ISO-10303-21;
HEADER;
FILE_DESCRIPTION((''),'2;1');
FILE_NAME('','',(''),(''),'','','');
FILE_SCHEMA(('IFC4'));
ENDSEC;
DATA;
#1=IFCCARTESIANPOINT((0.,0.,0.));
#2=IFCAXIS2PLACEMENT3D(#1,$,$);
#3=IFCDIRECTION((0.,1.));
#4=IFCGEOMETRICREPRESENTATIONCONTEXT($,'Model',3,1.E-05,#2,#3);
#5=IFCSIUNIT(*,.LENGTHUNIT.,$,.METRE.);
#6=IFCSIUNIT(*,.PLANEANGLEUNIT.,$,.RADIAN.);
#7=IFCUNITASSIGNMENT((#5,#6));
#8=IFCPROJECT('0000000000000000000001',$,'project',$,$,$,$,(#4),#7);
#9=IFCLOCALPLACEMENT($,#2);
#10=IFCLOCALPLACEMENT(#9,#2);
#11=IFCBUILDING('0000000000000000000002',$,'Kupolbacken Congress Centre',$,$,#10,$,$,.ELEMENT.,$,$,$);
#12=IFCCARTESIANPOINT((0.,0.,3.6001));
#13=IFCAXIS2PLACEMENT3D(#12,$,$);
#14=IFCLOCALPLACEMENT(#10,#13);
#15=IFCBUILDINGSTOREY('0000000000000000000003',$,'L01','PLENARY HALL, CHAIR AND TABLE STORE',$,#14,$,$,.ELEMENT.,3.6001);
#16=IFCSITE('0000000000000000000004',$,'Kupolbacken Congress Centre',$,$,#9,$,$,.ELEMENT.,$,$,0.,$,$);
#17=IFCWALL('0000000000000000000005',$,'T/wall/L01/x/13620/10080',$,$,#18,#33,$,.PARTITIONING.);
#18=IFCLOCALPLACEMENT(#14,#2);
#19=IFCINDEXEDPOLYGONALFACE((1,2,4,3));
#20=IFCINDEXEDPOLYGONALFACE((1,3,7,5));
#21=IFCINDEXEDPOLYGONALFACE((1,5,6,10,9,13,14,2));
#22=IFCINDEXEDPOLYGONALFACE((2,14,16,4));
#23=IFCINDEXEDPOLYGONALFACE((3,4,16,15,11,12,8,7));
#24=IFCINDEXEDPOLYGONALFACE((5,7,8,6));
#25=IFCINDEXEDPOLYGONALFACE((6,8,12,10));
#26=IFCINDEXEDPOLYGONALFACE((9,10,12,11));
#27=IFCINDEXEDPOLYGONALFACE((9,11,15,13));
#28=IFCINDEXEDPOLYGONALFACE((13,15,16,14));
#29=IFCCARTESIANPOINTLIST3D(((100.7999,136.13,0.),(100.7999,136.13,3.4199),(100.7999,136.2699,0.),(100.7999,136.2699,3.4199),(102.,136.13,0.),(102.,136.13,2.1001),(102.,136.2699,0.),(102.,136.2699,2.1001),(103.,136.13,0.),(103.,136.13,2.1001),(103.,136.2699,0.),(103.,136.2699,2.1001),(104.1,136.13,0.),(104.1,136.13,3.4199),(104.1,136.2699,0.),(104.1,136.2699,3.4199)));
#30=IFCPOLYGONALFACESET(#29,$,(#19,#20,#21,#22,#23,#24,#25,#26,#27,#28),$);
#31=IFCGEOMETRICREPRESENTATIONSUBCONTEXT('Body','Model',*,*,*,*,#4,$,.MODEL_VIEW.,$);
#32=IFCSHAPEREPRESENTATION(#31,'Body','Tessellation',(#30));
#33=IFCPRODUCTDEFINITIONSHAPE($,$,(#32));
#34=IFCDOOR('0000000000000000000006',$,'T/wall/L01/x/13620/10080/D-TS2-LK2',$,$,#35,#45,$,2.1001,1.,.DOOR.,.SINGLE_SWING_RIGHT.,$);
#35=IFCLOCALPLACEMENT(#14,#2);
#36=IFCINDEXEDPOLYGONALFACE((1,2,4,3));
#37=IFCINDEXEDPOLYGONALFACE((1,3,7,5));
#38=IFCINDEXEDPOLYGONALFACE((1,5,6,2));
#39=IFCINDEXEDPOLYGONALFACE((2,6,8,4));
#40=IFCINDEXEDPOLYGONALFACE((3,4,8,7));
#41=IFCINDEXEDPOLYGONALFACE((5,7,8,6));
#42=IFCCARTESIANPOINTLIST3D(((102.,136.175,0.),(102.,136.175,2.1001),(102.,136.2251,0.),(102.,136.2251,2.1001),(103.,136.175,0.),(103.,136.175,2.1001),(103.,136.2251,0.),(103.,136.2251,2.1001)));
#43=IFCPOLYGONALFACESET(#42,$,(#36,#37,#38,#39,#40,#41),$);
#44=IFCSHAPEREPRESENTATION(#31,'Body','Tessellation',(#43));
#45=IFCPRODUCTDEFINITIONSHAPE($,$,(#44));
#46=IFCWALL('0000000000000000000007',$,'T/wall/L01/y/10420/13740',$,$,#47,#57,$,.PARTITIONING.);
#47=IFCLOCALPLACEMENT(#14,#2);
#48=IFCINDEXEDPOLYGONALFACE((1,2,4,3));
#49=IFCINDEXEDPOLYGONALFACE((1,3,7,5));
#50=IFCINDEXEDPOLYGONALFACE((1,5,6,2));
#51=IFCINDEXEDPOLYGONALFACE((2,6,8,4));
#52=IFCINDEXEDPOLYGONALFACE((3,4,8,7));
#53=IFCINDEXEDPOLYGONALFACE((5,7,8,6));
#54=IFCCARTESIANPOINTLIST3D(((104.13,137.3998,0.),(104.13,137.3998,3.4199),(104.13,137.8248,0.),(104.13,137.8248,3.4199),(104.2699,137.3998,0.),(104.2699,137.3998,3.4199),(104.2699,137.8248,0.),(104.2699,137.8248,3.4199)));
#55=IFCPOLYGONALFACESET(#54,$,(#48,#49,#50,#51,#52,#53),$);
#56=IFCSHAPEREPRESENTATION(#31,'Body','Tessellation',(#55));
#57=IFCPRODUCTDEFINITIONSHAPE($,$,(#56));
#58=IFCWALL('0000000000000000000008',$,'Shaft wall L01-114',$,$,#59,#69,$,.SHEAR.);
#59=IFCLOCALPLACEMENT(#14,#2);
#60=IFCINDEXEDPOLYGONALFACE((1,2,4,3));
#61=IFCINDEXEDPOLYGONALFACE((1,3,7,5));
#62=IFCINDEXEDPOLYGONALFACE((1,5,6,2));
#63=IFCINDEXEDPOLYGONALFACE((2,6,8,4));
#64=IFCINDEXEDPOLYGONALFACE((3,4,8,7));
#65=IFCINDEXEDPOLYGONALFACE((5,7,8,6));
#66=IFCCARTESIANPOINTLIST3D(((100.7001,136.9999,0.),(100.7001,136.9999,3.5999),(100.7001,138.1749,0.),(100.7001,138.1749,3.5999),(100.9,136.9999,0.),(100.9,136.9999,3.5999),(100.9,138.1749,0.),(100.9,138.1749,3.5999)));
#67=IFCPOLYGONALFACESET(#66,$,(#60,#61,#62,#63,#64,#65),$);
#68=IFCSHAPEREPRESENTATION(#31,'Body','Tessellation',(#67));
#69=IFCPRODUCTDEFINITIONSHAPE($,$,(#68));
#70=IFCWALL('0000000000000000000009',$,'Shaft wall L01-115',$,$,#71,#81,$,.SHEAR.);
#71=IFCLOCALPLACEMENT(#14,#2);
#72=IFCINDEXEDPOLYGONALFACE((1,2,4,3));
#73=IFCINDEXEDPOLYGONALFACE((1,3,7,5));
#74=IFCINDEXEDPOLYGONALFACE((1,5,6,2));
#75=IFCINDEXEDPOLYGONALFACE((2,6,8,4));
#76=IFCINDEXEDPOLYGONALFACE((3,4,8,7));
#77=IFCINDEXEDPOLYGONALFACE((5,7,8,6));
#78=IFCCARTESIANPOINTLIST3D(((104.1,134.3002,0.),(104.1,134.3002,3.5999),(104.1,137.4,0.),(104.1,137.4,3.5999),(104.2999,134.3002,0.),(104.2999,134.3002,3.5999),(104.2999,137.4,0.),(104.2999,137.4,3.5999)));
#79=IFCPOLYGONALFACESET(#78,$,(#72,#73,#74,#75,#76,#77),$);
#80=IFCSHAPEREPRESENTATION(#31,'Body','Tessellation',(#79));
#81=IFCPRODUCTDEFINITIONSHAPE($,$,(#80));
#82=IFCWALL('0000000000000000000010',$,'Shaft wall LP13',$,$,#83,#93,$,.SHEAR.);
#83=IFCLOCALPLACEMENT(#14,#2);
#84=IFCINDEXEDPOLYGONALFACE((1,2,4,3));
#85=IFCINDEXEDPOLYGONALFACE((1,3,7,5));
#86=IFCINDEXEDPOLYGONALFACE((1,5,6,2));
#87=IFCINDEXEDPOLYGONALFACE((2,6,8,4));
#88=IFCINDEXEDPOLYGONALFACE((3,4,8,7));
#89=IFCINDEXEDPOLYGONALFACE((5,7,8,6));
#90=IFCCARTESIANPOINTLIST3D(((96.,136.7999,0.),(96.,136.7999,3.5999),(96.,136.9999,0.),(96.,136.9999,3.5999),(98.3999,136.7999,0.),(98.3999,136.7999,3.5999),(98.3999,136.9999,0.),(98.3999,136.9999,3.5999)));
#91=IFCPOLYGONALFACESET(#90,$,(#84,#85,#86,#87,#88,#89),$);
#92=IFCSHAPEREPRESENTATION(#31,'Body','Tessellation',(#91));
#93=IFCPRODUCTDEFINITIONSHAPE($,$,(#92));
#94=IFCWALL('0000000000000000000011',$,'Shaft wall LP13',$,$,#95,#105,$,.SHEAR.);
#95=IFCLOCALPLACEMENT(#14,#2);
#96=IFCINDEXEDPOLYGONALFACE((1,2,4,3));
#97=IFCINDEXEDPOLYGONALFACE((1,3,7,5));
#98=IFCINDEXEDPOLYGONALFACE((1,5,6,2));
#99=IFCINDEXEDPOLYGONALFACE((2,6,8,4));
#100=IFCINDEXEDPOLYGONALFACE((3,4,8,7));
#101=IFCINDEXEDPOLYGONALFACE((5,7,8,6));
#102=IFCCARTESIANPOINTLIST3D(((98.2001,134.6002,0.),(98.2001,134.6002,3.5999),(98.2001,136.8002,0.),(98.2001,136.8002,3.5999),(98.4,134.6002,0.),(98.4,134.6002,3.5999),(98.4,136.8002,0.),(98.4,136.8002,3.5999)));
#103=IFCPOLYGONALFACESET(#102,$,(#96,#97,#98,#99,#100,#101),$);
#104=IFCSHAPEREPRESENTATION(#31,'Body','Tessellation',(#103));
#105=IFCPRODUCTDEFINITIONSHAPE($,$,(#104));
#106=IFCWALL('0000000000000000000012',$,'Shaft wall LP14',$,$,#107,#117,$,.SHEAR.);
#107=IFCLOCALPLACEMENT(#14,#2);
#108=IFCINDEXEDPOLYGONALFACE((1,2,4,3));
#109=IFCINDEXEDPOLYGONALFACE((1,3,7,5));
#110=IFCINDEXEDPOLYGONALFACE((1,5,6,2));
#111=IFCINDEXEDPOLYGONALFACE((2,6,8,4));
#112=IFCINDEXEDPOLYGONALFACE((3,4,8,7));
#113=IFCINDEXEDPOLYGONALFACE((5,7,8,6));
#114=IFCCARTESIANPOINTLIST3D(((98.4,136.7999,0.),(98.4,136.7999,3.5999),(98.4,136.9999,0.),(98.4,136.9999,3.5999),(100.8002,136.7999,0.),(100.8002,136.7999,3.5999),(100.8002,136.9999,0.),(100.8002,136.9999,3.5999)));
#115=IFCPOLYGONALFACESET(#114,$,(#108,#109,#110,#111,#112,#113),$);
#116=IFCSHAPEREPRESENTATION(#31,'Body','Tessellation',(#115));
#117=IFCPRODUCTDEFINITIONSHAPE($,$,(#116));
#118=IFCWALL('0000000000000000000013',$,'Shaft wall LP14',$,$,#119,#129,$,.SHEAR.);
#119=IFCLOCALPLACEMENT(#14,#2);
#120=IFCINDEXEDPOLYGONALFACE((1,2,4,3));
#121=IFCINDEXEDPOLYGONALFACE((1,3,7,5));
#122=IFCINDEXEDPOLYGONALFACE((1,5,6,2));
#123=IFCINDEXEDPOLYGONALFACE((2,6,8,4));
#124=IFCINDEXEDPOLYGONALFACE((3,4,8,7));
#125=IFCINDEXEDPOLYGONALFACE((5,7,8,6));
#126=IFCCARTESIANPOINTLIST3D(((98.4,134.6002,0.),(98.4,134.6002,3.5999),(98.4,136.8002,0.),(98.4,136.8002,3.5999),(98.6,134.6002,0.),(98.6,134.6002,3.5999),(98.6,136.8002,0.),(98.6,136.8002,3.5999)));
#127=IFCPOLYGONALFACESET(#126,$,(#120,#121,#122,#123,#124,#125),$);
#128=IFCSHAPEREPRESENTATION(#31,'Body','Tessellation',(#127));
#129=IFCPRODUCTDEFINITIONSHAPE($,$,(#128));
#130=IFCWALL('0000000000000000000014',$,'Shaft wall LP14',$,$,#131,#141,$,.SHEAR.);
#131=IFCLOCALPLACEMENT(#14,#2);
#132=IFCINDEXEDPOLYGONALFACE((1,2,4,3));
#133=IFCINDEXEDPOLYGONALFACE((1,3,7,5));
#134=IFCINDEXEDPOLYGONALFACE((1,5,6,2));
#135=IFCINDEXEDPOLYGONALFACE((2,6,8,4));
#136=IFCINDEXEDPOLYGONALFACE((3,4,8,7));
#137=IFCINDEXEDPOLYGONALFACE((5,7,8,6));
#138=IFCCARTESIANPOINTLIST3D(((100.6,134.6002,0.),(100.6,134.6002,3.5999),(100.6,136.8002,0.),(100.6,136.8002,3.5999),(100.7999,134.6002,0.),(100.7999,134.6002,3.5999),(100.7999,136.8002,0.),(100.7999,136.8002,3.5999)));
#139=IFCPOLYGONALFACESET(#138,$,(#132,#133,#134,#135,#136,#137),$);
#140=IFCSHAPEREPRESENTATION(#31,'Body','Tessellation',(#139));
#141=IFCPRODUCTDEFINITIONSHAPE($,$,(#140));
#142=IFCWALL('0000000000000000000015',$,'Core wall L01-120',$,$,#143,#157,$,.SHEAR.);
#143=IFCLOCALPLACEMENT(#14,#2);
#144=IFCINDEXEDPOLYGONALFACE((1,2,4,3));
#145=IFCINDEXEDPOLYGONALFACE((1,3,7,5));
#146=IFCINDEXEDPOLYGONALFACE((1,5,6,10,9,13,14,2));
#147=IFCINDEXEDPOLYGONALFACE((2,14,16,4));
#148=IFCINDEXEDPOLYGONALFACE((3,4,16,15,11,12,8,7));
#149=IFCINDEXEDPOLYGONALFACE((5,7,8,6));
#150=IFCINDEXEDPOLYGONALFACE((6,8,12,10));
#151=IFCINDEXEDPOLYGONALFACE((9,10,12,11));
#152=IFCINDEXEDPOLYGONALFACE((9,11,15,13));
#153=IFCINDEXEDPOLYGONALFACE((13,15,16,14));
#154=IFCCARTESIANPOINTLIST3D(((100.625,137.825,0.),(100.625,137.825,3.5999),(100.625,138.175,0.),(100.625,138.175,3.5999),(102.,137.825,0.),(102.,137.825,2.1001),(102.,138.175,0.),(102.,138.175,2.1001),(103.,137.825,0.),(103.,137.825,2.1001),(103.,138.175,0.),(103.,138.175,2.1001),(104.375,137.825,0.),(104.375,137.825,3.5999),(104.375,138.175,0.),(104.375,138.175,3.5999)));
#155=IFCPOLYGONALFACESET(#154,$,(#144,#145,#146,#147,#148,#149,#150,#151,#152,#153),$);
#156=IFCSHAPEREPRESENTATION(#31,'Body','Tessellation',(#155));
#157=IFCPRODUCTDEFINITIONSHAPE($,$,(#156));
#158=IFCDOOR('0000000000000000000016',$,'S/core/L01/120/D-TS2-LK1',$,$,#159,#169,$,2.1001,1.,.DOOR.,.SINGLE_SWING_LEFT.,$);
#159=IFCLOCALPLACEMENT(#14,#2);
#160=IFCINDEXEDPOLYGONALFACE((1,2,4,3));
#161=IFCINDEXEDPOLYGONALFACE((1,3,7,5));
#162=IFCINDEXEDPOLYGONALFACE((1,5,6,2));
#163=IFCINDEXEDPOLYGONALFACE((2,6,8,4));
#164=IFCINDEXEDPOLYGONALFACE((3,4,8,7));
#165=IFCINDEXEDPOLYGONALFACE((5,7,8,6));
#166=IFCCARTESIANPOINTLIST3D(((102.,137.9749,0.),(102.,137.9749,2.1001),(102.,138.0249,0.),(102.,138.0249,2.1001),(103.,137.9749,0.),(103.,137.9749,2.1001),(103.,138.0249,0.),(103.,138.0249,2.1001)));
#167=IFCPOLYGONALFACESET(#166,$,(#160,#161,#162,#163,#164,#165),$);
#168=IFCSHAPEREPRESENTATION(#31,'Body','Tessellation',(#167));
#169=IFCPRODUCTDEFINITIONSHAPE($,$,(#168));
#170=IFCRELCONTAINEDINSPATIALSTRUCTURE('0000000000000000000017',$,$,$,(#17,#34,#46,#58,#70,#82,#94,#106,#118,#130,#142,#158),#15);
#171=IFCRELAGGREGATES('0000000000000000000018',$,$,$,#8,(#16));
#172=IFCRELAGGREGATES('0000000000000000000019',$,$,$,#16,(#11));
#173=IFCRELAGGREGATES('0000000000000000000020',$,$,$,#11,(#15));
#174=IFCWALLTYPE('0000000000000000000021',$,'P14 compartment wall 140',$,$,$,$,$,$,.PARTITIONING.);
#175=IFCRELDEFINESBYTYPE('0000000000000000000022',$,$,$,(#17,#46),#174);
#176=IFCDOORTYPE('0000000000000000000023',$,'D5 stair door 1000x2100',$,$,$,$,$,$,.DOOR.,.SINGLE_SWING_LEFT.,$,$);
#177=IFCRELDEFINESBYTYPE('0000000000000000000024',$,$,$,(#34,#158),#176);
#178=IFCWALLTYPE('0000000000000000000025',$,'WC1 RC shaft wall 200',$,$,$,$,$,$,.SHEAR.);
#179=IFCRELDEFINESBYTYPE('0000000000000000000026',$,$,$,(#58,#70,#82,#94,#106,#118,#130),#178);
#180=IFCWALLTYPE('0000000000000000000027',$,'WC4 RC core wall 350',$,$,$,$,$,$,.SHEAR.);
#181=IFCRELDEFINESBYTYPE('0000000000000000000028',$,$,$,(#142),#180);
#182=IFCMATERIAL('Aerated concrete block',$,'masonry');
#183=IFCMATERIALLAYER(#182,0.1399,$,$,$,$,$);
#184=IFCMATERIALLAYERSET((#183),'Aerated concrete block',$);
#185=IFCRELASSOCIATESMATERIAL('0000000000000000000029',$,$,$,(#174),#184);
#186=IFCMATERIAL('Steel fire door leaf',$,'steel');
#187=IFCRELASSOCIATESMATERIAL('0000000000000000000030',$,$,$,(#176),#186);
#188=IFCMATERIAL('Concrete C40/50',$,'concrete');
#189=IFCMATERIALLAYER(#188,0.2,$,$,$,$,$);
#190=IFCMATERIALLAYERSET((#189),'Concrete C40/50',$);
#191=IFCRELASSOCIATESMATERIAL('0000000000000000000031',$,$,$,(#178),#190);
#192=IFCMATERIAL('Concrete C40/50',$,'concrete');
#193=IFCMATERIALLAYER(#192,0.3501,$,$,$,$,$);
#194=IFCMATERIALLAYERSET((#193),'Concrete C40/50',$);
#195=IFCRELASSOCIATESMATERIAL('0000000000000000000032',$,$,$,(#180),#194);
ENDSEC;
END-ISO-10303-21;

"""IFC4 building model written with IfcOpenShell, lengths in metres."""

from ifc_helpers import new_model, si_unit, direction, frame, frame_2d, origin, place, context, subcontext, project, spatial, rectangle, extrude, material, layer, layer_set, type_object, element, fill, save


model = new_model("IFC4")

# Units and contexts
model_context = context("Model", 3, precision=1e-05, world=origin(), true_north=direction((0.0, 1.0)))
body_context = subcontext(model_context, "Body", "Model", "MODEL_VIEW")
ifc_project = project(units=[si_unit("LENGTHUNIT", "METRE"), si_unit("PLANEANGLEUNIT", "RADIAN")], contexts=[model_context])

# Site, building, storey
site_placement = place(None, origin())
site = spatial("IfcSite", under=ifc_project, at=site_placement, Name="Kupolbacken Congress Centre", CompositionType="ELEMENT", RefElevation=0.0)
building_placement = place(site_placement, origin())
building = spatial("IfcBuilding", under=site, at=building_placement, Name="Kupolbacken Congress Centre", CompositionType="ELEMENT")
storey_placement = place(building_placement, frame((0.0, 0.0, 3.6001)))
storey = spatial("IfcBuildingStorey", under=building, at=storey_placement, Name="L01", Description="PLENARY HALL, CHAIR AND TABLE STORE", CompositionType="ELEMENT", Elevation=3.6001)

# Wall, opening, door
ifc_material_1 = material(Name="Aerated concrete block", Category="masonry")
ifc_layer_1 = layer(ifc_material_1, 0.1399)
ifc_layer_set_1 = layer_set([ifc_layer_1], Name="Aerated concrete block")
wall_type_1 = type_object("IfcWallType", Name="P14 compartment wall 140", PredefinedType="PARTITIONING", material=ifc_layer_set_1)
wall_1_placement = place(storey_placement, frame((100.8, 136.2, 0.0), z_axis=(0.0, 0.0, 1.0), x_axis=(1.0, 0.0, 0.0)))
wall_1 = element("IfcWall", 1, at=wall_1_placement, inside=storey, type_object=wall_type_1, Name="T/wall/L01/x/13620/10080", PredefinedType="PARTITIONING", context=body_context, shape_type="SweptSolid", body=[
    extrude(rectangle(XDim=3.3, YDim=0.1399, at=frame_2d((1.6499, 0.0))), origin(), (0.0, 0.0, 1.0), 3.4199),
])
opening_1_placement = place(wall_1_placement, frame((1.2, 0.0, 0.0)))
opening_1 = element("IfcOpeningElement", 2, at=opening_1_placement, cuts=wall_1, PredefinedType="OPENING", context=body_context, shape_type="SweptSolid", body=[
    extrude(rectangle(XDim=1.0, YDim=2.1001, at=frame_2d((0.5, 1.05))), frame((0.0, 0.0798, 0.0), z_axis=(0.0, -1.0, 0.0), x_axis=(1.0, 0.0, 0.0)), (0.0, 0.0, 1.0), 0.1599),
])
ifc_material_2 = material(Name="Steel fire door leaf", Category="steel")
door_type = type_object("IfcDoorType", Name="D5 stair door 1000x2100", OperationType="SINGLE_SWING_LEFT", PredefinedType="DOOR", material=ifc_material_2)
door_1_placement = place(opening_1_placement, frame((1.0, 0.0, 0.0), z_axis=(0.0, 0.0, 1.0), x_axis=(-1.0, 0.0, 0.0)))
door_1 = element("IfcDoor", 3, at=door_1_placement, inside=storey, type_object=door_type, Name="T/wall/L01/x/13620/10080/D-TS2-LK2", OperationType="SINGLE_SWING_RIGHT", OverallHeight=2.1001, OverallWidth=1.0, PredefinedType="DOOR", context=body_context, shape_type="SweptSolid", body=[
    extrude(rectangle(XDim=1.0, YDim=2.1001, at=frame_2d((0.5, 1.05))), frame((0.0, 0.0249, 0.0), z_axis=(0.0, -1.0, 0.0), x_axis=(1.0, 0.0, 0.0)), (0.0, 0.0, 1.0), 0.05),
])
fill(opening_1, door_1)

# Walls
wall_2_placement = place(storey_placement, frame((104.2, 137.3999, 0.0), z_axis=(0.0, 0.0, 1.0), x_axis=(0.0, 1.0, 0.0)))
element("IfcWall", 4, at=wall_2_placement, inside=storey, type_object=wall_type_1, Name="T/wall/L01/y/10420/13740", PredefinedType="PARTITIONING", context=body_context, shape_type="SweptSolid", body=[
    extrude(rectangle(XDim=0.425, YDim=0.1399, at=frame_2d((0.2124, 0.0))), origin(), (0.0, 0.0, 1.0), 3.4199),
])
ifc_material_3 = material(Name="Concrete C40/50", Category="concrete")
ifc_layer_2 = layer(ifc_material_3, 0.2)
ifc_layer_set_2 = layer_set([ifc_layer_2], Name="Concrete C40/50")
wall_type_2 = type_object("IfcWallType", Name="WC1 RC shaft wall 200", PredefinedType="SHEAR", material=ifc_layer_set_2)
wall_3_placement = place(storey_placement, frame((100.8, 137.0, 0.0), z_axis=(0.0, 0.0, 1.0), x_axis=(0.0, 1.0, 0.0)))
element("IfcWall", 5, at=wall_3_placement, inside=storey, type_object=wall_type_2, Name="Shaft wall L01-114", PredefinedType="SHEAR", context=body_context, shape_type="SweptSolid", body=[
    extrude(rectangle(XDim=1.175, YDim=0.2, at=frame_2d((0.5874, 0.0))), origin(), (0.0, 0.0, 1.0), 3.5999),
])
wall_4_placement = place(storey_placement, frame((104.2, 137.3999, 0.0), z_axis=(0.0, 0.0, 1.0), x_axis=(0.0, -1.0, 0.0)))
element("IfcWall", 6, at=wall_4_placement, inside=storey, type_object=wall_type_2, Name="Shaft wall L01-115", PredefinedType="SHEAR", context=body_context, shape_type="SweptSolid", body=[
    extrude(rectangle(XDim=3.0999, YDim=0.2, at=frame_2d((1.5498, 0.0))), origin(), (0.0, 0.0, 1.0), 3.5999),
])
wall_5_placement = place(storey_placement, frame((96.0, 136.8999, 0.0), z_axis=(0.0, 0.0, 1.0), x_axis=(1.0, 0.0, 0.0)))
element("IfcWall", 7, at=wall_5_placement, inside=storey, type_object=wall_type_2, Name="Shaft wall LP13", PredefinedType="SHEAR", context=body_context, shape_type="SweptSolid", body=[
    extrude(rectangle(XDim=2.3999, YDim=0.2, at=frame_2d((1.2, 0.0))), origin(), (0.0, 0.0, 1.0), 3.5999),
])
wall_6_placement = place(storey_placement, frame((98.3, 134.6001, 0.0), z_axis=(0.0, 0.0, 1.0), x_axis=(0.0, 1.0, 0.0)))
element("IfcWall", 8, at=wall_6_placement, inside=storey, type_object=wall_type_2, Name="Shaft wall LP13", PredefinedType="SHEAR", context=body_context, shape_type="SweptSolid", body=[
    extrude(rectangle(XDim=2.2, YDim=0.2, at=frame_2d((1.1001, 0.0))), origin(), (0.0, 0.0, 1.0), 3.5999),
])
wall_7_placement = place(storey_placement, frame((98.3999, 136.8999, 0.0), z_axis=(0.0, 0.0, 1.0), x_axis=(1.0, 0.0, 0.0)))
element("IfcWall", 9, at=wall_7_placement, inside=storey, type_object=wall_type_2, Name="Shaft wall LP14", PredefinedType="SHEAR", context=body_context, shape_type="SweptSolid", body=[
    extrude(rectangle(XDim=2.4001, YDim=0.2, at=frame_2d((1.2002, 0.0))), origin(), (0.0, 0.0, 1.0), 3.5999),
])
for number, where, z_axis, x_axis, name in (
    (10, (98.5, 134.6001, 0.0), (0.0, 0.0, 1.0), (0.0, 1.0, 0.0), "Shaft wall LP14"),
    (11, (100.7, 134.6001, 0.0), (0.0, 0.0, 1.0), (0.0, 1.0, 0.0), "Shaft wall LP14"),
):
    element("IfcWall", number, at=place(storey_placement, frame(where, z_axis=z_axis, x_axis=x_axis)), inside=storey, type_object=wall_type_2, Name=name, PredefinedType="SHEAR", context=body_context, shape_type="SweptSolid", body=[
        extrude(rectangle(XDim=2.2, YDim=0.2, at=frame_2d((1.1001, 0.0))), origin(), (0.0, 0.0, 1.0), 3.5999),
    ])

# Wall, opening, door
ifc_material_4 = material(Name="Concrete C40/50", Category="concrete")
ifc_layer_3 = layer(ifc_material_4, 0.3501)
ifc_layer_set_3 = layer_set([ifc_layer_3], Name="Concrete C40/50")
wall_type_3 = type_object("IfcWallType", Name="WC4 RC core wall 350", PredefinedType="SHEAR", material=ifc_layer_set_3)
wall_8_placement = place(storey_placement, frame((100.625, 138.0, 0.0), z_axis=(0.0, 0.0, 1.0), x_axis=(1.0, 0.0, 0.0)))
wall_8 = element("IfcWall", 12, at=wall_8_placement, inside=storey, type_object=wall_type_3, Name="Core wall L01-120", PredefinedType="SHEAR", context=body_context, shape_type="SweptSolid", body=[
    extrude(rectangle(XDim=3.75, YDim=0.3501, at=frame_2d((1.875, 0.0))), origin(), (0.0, 0.0, 1.0), 3.5999),
])
opening_2_placement = place(wall_8_placement, frame((1.375, 0.0, 0.0)))
opening_2 = element("IfcOpeningElement", 13, at=opening_2_placement, cuts=wall_8, PredefinedType="OPENING", context=body_context, shape_type="SweptSolid", body=[
    extrude(rectangle(XDim=1.0, YDim=2.1001, at=frame_2d((0.5, 1.05))), frame((0.0, 0.1851, 0.0), z_axis=(0.0, -1.0, 0.0), x_axis=(1.0, 0.0, 0.0)), (0.0, 0.0, 1.0), 0.3701),
])
door_2_placement = place(opening_2_placement, origin())
door_2 = element("IfcDoor", 14, at=door_2_placement, inside=storey, type_object=door_type, Name="S/core/L01/120/D-TS2-LK1", OperationType="SINGLE_SWING_LEFT", OverallHeight=2.1001, OverallWidth=1.0, PredefinedType="DOOR", context=body_context, shape_type="SweptSolid", body=[
    extrude(rectangle(XDim=1.0, YDim=2.1001, at=frame_2d((0.5, 1.05))), frame((0.0, 0.0249, 0.0), z_axis=(0.0, -1.0, 0.0), x_axis=(1.0, 0.0, 0.0)), (0.0, 0.0, 1.0), 0.05),
])
fill(opening_2, door_2)

save(model, "model.ifc")
